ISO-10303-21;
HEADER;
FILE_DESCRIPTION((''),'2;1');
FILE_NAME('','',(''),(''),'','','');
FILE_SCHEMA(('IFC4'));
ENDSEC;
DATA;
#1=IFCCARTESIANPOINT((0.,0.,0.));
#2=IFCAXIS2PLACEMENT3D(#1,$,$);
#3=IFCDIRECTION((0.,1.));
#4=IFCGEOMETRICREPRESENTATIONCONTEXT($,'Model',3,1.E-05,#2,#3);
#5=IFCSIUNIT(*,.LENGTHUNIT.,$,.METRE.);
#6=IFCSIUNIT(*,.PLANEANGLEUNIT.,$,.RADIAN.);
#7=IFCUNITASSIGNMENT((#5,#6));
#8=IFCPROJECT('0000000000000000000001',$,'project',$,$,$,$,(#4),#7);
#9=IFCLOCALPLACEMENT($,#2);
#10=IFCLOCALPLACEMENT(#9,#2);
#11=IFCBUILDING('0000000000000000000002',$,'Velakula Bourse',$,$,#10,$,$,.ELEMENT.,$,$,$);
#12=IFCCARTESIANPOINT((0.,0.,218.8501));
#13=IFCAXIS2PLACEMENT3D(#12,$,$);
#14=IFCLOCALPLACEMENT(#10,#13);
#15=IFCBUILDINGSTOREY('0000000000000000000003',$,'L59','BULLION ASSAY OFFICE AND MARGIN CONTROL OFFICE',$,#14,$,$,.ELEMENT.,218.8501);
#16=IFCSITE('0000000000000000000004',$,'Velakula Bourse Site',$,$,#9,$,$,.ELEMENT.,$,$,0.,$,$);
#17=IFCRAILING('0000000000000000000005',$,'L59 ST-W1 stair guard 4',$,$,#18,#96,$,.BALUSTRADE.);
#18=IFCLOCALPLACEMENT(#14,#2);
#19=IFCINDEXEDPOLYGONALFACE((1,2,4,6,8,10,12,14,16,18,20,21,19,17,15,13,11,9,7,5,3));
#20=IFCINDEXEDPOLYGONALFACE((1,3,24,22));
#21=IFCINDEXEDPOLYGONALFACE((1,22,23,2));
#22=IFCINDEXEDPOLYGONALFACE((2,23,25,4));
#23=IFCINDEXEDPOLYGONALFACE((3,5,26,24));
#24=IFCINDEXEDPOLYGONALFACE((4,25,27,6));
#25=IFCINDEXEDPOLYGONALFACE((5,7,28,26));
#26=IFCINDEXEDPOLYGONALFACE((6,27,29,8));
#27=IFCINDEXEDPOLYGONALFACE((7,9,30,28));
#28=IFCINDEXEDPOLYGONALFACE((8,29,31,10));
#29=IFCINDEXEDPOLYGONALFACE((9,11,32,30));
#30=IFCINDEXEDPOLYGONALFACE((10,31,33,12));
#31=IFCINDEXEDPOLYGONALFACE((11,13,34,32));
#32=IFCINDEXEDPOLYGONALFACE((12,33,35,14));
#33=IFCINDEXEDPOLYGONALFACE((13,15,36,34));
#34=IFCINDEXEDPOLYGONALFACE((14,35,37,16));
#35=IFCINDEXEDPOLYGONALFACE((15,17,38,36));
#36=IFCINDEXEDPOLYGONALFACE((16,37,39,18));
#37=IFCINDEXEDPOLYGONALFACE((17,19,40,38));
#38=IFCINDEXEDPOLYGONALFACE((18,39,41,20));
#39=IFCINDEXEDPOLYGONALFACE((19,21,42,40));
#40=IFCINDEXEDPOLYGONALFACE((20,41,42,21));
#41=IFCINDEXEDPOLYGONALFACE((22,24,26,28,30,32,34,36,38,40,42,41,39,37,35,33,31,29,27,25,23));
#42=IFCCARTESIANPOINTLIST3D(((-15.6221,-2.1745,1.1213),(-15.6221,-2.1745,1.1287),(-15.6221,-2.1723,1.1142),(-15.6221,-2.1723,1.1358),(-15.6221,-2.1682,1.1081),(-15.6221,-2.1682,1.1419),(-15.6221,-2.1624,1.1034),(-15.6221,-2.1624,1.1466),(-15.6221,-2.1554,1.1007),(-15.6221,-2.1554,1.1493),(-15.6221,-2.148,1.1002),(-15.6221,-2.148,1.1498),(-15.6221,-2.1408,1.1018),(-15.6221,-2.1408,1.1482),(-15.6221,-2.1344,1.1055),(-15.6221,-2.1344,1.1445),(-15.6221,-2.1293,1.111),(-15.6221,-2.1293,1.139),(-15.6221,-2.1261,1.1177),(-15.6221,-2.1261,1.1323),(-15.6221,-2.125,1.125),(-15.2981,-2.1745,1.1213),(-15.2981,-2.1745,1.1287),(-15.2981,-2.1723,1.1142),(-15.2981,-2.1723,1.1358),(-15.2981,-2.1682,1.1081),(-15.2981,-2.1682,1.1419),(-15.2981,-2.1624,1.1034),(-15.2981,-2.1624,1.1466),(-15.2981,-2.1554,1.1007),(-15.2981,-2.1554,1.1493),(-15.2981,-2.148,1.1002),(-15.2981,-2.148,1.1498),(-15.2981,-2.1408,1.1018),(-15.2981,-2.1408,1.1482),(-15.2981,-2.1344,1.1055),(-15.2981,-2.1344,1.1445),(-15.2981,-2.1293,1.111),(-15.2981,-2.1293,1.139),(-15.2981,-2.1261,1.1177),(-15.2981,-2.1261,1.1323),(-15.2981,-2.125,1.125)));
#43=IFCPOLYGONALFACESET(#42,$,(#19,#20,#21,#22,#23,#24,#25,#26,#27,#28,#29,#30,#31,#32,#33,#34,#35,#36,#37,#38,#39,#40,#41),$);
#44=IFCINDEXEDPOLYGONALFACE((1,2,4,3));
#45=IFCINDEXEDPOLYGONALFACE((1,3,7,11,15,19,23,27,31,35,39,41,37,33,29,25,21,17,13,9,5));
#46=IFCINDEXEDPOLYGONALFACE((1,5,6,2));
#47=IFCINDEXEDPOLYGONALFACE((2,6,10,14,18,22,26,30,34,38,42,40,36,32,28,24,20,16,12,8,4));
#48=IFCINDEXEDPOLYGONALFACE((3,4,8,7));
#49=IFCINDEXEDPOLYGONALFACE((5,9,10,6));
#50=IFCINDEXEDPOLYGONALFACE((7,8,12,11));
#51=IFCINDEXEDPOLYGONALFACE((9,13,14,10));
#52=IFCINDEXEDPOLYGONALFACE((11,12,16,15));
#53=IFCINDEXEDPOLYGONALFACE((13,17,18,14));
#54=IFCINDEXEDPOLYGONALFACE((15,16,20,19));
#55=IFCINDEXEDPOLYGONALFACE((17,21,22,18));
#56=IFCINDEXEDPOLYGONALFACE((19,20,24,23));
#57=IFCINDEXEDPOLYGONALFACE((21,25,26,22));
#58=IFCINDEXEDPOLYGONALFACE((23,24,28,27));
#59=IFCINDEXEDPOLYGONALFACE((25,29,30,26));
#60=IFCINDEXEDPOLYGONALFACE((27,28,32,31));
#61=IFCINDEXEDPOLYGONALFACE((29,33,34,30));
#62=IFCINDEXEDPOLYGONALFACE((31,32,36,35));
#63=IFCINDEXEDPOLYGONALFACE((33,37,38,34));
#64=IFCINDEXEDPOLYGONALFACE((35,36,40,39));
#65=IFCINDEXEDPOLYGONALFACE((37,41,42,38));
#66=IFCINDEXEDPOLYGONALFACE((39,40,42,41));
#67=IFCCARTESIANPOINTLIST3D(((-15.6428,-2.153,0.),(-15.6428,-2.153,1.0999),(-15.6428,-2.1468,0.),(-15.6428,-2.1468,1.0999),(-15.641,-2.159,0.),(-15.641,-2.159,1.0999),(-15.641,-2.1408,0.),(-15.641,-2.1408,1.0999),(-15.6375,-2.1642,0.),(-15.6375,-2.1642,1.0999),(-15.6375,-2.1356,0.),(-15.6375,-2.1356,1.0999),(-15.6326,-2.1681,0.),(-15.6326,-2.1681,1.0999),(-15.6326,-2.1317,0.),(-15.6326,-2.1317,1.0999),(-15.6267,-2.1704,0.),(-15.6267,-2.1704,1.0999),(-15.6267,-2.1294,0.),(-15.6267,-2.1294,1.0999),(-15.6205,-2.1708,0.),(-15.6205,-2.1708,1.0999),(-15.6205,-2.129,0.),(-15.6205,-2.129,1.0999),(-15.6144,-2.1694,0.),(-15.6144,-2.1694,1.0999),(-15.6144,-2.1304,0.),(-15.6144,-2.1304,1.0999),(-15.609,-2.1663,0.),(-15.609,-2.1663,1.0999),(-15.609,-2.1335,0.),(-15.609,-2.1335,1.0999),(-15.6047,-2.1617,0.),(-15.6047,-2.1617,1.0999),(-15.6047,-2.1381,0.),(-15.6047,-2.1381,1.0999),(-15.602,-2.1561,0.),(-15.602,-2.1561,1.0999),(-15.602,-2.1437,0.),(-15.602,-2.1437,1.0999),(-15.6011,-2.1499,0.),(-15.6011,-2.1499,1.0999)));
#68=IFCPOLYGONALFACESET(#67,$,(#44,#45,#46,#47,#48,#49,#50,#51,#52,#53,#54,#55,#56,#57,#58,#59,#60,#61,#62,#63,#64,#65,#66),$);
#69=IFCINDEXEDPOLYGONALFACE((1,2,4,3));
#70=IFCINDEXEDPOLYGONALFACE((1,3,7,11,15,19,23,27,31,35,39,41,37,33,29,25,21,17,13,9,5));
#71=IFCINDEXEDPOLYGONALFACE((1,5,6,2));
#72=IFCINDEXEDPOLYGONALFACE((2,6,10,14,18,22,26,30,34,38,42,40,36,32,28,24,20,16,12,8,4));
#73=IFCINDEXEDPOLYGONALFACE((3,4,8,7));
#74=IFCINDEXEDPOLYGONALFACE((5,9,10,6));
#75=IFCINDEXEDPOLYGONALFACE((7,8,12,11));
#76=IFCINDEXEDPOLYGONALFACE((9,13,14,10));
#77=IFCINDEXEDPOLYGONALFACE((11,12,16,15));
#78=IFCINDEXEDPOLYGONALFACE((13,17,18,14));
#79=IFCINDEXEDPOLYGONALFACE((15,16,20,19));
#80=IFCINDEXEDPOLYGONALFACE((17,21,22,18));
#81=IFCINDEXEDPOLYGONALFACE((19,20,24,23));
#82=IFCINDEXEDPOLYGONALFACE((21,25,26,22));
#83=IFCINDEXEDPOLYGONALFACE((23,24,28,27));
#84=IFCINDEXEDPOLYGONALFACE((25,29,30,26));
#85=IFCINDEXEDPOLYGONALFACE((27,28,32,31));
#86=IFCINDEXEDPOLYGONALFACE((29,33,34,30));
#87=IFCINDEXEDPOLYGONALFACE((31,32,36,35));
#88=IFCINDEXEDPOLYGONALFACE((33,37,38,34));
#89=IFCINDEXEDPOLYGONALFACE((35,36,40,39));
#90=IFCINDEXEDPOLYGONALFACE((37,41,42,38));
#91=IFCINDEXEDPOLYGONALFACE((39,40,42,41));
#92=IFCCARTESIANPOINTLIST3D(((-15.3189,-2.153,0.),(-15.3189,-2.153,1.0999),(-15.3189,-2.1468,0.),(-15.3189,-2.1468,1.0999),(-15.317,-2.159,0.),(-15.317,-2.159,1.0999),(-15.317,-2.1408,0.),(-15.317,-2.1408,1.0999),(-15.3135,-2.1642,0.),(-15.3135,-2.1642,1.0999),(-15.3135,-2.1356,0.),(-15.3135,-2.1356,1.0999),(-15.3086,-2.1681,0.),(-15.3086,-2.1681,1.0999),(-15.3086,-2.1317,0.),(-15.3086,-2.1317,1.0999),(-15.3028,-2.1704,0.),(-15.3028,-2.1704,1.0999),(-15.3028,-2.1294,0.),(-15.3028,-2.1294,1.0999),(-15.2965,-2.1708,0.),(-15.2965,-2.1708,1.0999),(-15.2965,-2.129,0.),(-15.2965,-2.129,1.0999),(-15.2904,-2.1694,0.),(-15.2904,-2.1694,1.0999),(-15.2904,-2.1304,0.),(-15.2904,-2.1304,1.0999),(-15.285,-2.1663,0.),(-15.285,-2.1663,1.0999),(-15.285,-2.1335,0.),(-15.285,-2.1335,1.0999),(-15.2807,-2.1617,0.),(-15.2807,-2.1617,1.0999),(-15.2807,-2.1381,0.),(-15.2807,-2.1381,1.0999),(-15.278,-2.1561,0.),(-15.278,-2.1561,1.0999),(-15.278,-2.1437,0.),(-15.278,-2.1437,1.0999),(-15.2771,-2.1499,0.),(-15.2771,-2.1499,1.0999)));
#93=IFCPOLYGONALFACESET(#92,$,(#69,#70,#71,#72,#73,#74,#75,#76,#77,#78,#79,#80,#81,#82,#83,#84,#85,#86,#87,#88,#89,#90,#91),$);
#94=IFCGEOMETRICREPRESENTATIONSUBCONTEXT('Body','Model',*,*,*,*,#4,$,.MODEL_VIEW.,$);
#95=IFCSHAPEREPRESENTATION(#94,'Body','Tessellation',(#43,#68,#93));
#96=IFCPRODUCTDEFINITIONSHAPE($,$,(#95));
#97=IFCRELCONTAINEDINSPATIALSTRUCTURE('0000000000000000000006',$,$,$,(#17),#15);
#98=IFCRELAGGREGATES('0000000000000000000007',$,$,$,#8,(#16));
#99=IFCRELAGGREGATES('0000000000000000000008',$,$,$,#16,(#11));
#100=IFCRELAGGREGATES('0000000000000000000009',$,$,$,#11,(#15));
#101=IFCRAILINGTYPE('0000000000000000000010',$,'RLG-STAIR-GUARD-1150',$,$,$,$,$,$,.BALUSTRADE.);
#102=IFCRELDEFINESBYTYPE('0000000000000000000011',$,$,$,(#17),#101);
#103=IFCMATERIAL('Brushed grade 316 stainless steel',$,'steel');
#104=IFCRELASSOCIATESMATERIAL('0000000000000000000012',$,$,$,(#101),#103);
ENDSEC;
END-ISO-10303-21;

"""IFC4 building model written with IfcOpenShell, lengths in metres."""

from ifc_helpers import new_model, si_unit, direction, frame, origin, origin_2d, place, context, subcontext, project, spatial, circle, extrude, material, type_object, element, save


model = new_model("IFC4")

# Units and contexts
model_context = context("Model", 3, precision=1e-05, world=origin(), true_north=direction((0.0, 1.0)))
body_context = subcontext(model_context, "Body", "Model", "MODEL_VIEW")
ifc_project = project(units=[si_unit("LENGTHUNIT", "METRE"), si_unit("PLANEANGLEUNIT", "RADIAN")], contexts=[model_context])

# Site, building, storey
site_placement = place(None, origin())
site = spatial("IfcSite", under=ifc_project, at=site_placement, Name="Velakula Bourse Site", CompositionType="ELEMENT", RefElevation=0.0)
building_placement = place(site_placement, origin())
building = spatial("IfcBuilding", under=site, at=building_placement, Name="Velakula Bourse", CompositionType="ELEMENT")
storey_placement = place(building_placement, frame((0.0, 0.0, 218.8501)))
storey = spatial("IfcBuildingStorey", under=building, at=storey_placement, Name="L59", Description="BULLION ASSAY OFFICE AND MARGIN CONTROL OFFICE", CompositionType="ELEMENT", Elevation=218.8501)

# Shared definitions
ifc_material_1 = material(Name="Brushed grade 316 stainless steel", Category="steel")

# Railing
railing_type_1 = type_object("IfcRailingType", Name="RLG-STAIR-GUARD-1150", PredefinedType="BALUSTRADE", material=ifc_material_1)
railing_1_placement = place(storey_placement, frame((-15.6221, -2.1499, 0.0)))
element("IfcRailing", 1, at=railing_1_placement, inside=storey, type_object=railing_type_1, Name="L59 ST-W1 stair guard 4", PredefinedType="BALUSTRADE", context=body_context, shape_type="SweptSolid", body=[
    extrude(circle(Radius=0.0249, at=origin_2d()), frame((0.0, 0.0, 1.125), z_axis=(1.0, 0.0, 0.0), x_axis=(0.0, 1.0, 0.0)), (0.0, 0.0, 1.0), 0.324),
    extrude(circle(Radius=0.021, at=origin_2d()), origin(), (0.0, 0.0, 1.0), 1.0999),
    extrude(circle(Radius=0.021, at=origin_2d()), frame((0.324, 0.0, 0.0)), (0.0, 0.0, 1.0), 1.0999),
])

save(model, "model.ifc")
